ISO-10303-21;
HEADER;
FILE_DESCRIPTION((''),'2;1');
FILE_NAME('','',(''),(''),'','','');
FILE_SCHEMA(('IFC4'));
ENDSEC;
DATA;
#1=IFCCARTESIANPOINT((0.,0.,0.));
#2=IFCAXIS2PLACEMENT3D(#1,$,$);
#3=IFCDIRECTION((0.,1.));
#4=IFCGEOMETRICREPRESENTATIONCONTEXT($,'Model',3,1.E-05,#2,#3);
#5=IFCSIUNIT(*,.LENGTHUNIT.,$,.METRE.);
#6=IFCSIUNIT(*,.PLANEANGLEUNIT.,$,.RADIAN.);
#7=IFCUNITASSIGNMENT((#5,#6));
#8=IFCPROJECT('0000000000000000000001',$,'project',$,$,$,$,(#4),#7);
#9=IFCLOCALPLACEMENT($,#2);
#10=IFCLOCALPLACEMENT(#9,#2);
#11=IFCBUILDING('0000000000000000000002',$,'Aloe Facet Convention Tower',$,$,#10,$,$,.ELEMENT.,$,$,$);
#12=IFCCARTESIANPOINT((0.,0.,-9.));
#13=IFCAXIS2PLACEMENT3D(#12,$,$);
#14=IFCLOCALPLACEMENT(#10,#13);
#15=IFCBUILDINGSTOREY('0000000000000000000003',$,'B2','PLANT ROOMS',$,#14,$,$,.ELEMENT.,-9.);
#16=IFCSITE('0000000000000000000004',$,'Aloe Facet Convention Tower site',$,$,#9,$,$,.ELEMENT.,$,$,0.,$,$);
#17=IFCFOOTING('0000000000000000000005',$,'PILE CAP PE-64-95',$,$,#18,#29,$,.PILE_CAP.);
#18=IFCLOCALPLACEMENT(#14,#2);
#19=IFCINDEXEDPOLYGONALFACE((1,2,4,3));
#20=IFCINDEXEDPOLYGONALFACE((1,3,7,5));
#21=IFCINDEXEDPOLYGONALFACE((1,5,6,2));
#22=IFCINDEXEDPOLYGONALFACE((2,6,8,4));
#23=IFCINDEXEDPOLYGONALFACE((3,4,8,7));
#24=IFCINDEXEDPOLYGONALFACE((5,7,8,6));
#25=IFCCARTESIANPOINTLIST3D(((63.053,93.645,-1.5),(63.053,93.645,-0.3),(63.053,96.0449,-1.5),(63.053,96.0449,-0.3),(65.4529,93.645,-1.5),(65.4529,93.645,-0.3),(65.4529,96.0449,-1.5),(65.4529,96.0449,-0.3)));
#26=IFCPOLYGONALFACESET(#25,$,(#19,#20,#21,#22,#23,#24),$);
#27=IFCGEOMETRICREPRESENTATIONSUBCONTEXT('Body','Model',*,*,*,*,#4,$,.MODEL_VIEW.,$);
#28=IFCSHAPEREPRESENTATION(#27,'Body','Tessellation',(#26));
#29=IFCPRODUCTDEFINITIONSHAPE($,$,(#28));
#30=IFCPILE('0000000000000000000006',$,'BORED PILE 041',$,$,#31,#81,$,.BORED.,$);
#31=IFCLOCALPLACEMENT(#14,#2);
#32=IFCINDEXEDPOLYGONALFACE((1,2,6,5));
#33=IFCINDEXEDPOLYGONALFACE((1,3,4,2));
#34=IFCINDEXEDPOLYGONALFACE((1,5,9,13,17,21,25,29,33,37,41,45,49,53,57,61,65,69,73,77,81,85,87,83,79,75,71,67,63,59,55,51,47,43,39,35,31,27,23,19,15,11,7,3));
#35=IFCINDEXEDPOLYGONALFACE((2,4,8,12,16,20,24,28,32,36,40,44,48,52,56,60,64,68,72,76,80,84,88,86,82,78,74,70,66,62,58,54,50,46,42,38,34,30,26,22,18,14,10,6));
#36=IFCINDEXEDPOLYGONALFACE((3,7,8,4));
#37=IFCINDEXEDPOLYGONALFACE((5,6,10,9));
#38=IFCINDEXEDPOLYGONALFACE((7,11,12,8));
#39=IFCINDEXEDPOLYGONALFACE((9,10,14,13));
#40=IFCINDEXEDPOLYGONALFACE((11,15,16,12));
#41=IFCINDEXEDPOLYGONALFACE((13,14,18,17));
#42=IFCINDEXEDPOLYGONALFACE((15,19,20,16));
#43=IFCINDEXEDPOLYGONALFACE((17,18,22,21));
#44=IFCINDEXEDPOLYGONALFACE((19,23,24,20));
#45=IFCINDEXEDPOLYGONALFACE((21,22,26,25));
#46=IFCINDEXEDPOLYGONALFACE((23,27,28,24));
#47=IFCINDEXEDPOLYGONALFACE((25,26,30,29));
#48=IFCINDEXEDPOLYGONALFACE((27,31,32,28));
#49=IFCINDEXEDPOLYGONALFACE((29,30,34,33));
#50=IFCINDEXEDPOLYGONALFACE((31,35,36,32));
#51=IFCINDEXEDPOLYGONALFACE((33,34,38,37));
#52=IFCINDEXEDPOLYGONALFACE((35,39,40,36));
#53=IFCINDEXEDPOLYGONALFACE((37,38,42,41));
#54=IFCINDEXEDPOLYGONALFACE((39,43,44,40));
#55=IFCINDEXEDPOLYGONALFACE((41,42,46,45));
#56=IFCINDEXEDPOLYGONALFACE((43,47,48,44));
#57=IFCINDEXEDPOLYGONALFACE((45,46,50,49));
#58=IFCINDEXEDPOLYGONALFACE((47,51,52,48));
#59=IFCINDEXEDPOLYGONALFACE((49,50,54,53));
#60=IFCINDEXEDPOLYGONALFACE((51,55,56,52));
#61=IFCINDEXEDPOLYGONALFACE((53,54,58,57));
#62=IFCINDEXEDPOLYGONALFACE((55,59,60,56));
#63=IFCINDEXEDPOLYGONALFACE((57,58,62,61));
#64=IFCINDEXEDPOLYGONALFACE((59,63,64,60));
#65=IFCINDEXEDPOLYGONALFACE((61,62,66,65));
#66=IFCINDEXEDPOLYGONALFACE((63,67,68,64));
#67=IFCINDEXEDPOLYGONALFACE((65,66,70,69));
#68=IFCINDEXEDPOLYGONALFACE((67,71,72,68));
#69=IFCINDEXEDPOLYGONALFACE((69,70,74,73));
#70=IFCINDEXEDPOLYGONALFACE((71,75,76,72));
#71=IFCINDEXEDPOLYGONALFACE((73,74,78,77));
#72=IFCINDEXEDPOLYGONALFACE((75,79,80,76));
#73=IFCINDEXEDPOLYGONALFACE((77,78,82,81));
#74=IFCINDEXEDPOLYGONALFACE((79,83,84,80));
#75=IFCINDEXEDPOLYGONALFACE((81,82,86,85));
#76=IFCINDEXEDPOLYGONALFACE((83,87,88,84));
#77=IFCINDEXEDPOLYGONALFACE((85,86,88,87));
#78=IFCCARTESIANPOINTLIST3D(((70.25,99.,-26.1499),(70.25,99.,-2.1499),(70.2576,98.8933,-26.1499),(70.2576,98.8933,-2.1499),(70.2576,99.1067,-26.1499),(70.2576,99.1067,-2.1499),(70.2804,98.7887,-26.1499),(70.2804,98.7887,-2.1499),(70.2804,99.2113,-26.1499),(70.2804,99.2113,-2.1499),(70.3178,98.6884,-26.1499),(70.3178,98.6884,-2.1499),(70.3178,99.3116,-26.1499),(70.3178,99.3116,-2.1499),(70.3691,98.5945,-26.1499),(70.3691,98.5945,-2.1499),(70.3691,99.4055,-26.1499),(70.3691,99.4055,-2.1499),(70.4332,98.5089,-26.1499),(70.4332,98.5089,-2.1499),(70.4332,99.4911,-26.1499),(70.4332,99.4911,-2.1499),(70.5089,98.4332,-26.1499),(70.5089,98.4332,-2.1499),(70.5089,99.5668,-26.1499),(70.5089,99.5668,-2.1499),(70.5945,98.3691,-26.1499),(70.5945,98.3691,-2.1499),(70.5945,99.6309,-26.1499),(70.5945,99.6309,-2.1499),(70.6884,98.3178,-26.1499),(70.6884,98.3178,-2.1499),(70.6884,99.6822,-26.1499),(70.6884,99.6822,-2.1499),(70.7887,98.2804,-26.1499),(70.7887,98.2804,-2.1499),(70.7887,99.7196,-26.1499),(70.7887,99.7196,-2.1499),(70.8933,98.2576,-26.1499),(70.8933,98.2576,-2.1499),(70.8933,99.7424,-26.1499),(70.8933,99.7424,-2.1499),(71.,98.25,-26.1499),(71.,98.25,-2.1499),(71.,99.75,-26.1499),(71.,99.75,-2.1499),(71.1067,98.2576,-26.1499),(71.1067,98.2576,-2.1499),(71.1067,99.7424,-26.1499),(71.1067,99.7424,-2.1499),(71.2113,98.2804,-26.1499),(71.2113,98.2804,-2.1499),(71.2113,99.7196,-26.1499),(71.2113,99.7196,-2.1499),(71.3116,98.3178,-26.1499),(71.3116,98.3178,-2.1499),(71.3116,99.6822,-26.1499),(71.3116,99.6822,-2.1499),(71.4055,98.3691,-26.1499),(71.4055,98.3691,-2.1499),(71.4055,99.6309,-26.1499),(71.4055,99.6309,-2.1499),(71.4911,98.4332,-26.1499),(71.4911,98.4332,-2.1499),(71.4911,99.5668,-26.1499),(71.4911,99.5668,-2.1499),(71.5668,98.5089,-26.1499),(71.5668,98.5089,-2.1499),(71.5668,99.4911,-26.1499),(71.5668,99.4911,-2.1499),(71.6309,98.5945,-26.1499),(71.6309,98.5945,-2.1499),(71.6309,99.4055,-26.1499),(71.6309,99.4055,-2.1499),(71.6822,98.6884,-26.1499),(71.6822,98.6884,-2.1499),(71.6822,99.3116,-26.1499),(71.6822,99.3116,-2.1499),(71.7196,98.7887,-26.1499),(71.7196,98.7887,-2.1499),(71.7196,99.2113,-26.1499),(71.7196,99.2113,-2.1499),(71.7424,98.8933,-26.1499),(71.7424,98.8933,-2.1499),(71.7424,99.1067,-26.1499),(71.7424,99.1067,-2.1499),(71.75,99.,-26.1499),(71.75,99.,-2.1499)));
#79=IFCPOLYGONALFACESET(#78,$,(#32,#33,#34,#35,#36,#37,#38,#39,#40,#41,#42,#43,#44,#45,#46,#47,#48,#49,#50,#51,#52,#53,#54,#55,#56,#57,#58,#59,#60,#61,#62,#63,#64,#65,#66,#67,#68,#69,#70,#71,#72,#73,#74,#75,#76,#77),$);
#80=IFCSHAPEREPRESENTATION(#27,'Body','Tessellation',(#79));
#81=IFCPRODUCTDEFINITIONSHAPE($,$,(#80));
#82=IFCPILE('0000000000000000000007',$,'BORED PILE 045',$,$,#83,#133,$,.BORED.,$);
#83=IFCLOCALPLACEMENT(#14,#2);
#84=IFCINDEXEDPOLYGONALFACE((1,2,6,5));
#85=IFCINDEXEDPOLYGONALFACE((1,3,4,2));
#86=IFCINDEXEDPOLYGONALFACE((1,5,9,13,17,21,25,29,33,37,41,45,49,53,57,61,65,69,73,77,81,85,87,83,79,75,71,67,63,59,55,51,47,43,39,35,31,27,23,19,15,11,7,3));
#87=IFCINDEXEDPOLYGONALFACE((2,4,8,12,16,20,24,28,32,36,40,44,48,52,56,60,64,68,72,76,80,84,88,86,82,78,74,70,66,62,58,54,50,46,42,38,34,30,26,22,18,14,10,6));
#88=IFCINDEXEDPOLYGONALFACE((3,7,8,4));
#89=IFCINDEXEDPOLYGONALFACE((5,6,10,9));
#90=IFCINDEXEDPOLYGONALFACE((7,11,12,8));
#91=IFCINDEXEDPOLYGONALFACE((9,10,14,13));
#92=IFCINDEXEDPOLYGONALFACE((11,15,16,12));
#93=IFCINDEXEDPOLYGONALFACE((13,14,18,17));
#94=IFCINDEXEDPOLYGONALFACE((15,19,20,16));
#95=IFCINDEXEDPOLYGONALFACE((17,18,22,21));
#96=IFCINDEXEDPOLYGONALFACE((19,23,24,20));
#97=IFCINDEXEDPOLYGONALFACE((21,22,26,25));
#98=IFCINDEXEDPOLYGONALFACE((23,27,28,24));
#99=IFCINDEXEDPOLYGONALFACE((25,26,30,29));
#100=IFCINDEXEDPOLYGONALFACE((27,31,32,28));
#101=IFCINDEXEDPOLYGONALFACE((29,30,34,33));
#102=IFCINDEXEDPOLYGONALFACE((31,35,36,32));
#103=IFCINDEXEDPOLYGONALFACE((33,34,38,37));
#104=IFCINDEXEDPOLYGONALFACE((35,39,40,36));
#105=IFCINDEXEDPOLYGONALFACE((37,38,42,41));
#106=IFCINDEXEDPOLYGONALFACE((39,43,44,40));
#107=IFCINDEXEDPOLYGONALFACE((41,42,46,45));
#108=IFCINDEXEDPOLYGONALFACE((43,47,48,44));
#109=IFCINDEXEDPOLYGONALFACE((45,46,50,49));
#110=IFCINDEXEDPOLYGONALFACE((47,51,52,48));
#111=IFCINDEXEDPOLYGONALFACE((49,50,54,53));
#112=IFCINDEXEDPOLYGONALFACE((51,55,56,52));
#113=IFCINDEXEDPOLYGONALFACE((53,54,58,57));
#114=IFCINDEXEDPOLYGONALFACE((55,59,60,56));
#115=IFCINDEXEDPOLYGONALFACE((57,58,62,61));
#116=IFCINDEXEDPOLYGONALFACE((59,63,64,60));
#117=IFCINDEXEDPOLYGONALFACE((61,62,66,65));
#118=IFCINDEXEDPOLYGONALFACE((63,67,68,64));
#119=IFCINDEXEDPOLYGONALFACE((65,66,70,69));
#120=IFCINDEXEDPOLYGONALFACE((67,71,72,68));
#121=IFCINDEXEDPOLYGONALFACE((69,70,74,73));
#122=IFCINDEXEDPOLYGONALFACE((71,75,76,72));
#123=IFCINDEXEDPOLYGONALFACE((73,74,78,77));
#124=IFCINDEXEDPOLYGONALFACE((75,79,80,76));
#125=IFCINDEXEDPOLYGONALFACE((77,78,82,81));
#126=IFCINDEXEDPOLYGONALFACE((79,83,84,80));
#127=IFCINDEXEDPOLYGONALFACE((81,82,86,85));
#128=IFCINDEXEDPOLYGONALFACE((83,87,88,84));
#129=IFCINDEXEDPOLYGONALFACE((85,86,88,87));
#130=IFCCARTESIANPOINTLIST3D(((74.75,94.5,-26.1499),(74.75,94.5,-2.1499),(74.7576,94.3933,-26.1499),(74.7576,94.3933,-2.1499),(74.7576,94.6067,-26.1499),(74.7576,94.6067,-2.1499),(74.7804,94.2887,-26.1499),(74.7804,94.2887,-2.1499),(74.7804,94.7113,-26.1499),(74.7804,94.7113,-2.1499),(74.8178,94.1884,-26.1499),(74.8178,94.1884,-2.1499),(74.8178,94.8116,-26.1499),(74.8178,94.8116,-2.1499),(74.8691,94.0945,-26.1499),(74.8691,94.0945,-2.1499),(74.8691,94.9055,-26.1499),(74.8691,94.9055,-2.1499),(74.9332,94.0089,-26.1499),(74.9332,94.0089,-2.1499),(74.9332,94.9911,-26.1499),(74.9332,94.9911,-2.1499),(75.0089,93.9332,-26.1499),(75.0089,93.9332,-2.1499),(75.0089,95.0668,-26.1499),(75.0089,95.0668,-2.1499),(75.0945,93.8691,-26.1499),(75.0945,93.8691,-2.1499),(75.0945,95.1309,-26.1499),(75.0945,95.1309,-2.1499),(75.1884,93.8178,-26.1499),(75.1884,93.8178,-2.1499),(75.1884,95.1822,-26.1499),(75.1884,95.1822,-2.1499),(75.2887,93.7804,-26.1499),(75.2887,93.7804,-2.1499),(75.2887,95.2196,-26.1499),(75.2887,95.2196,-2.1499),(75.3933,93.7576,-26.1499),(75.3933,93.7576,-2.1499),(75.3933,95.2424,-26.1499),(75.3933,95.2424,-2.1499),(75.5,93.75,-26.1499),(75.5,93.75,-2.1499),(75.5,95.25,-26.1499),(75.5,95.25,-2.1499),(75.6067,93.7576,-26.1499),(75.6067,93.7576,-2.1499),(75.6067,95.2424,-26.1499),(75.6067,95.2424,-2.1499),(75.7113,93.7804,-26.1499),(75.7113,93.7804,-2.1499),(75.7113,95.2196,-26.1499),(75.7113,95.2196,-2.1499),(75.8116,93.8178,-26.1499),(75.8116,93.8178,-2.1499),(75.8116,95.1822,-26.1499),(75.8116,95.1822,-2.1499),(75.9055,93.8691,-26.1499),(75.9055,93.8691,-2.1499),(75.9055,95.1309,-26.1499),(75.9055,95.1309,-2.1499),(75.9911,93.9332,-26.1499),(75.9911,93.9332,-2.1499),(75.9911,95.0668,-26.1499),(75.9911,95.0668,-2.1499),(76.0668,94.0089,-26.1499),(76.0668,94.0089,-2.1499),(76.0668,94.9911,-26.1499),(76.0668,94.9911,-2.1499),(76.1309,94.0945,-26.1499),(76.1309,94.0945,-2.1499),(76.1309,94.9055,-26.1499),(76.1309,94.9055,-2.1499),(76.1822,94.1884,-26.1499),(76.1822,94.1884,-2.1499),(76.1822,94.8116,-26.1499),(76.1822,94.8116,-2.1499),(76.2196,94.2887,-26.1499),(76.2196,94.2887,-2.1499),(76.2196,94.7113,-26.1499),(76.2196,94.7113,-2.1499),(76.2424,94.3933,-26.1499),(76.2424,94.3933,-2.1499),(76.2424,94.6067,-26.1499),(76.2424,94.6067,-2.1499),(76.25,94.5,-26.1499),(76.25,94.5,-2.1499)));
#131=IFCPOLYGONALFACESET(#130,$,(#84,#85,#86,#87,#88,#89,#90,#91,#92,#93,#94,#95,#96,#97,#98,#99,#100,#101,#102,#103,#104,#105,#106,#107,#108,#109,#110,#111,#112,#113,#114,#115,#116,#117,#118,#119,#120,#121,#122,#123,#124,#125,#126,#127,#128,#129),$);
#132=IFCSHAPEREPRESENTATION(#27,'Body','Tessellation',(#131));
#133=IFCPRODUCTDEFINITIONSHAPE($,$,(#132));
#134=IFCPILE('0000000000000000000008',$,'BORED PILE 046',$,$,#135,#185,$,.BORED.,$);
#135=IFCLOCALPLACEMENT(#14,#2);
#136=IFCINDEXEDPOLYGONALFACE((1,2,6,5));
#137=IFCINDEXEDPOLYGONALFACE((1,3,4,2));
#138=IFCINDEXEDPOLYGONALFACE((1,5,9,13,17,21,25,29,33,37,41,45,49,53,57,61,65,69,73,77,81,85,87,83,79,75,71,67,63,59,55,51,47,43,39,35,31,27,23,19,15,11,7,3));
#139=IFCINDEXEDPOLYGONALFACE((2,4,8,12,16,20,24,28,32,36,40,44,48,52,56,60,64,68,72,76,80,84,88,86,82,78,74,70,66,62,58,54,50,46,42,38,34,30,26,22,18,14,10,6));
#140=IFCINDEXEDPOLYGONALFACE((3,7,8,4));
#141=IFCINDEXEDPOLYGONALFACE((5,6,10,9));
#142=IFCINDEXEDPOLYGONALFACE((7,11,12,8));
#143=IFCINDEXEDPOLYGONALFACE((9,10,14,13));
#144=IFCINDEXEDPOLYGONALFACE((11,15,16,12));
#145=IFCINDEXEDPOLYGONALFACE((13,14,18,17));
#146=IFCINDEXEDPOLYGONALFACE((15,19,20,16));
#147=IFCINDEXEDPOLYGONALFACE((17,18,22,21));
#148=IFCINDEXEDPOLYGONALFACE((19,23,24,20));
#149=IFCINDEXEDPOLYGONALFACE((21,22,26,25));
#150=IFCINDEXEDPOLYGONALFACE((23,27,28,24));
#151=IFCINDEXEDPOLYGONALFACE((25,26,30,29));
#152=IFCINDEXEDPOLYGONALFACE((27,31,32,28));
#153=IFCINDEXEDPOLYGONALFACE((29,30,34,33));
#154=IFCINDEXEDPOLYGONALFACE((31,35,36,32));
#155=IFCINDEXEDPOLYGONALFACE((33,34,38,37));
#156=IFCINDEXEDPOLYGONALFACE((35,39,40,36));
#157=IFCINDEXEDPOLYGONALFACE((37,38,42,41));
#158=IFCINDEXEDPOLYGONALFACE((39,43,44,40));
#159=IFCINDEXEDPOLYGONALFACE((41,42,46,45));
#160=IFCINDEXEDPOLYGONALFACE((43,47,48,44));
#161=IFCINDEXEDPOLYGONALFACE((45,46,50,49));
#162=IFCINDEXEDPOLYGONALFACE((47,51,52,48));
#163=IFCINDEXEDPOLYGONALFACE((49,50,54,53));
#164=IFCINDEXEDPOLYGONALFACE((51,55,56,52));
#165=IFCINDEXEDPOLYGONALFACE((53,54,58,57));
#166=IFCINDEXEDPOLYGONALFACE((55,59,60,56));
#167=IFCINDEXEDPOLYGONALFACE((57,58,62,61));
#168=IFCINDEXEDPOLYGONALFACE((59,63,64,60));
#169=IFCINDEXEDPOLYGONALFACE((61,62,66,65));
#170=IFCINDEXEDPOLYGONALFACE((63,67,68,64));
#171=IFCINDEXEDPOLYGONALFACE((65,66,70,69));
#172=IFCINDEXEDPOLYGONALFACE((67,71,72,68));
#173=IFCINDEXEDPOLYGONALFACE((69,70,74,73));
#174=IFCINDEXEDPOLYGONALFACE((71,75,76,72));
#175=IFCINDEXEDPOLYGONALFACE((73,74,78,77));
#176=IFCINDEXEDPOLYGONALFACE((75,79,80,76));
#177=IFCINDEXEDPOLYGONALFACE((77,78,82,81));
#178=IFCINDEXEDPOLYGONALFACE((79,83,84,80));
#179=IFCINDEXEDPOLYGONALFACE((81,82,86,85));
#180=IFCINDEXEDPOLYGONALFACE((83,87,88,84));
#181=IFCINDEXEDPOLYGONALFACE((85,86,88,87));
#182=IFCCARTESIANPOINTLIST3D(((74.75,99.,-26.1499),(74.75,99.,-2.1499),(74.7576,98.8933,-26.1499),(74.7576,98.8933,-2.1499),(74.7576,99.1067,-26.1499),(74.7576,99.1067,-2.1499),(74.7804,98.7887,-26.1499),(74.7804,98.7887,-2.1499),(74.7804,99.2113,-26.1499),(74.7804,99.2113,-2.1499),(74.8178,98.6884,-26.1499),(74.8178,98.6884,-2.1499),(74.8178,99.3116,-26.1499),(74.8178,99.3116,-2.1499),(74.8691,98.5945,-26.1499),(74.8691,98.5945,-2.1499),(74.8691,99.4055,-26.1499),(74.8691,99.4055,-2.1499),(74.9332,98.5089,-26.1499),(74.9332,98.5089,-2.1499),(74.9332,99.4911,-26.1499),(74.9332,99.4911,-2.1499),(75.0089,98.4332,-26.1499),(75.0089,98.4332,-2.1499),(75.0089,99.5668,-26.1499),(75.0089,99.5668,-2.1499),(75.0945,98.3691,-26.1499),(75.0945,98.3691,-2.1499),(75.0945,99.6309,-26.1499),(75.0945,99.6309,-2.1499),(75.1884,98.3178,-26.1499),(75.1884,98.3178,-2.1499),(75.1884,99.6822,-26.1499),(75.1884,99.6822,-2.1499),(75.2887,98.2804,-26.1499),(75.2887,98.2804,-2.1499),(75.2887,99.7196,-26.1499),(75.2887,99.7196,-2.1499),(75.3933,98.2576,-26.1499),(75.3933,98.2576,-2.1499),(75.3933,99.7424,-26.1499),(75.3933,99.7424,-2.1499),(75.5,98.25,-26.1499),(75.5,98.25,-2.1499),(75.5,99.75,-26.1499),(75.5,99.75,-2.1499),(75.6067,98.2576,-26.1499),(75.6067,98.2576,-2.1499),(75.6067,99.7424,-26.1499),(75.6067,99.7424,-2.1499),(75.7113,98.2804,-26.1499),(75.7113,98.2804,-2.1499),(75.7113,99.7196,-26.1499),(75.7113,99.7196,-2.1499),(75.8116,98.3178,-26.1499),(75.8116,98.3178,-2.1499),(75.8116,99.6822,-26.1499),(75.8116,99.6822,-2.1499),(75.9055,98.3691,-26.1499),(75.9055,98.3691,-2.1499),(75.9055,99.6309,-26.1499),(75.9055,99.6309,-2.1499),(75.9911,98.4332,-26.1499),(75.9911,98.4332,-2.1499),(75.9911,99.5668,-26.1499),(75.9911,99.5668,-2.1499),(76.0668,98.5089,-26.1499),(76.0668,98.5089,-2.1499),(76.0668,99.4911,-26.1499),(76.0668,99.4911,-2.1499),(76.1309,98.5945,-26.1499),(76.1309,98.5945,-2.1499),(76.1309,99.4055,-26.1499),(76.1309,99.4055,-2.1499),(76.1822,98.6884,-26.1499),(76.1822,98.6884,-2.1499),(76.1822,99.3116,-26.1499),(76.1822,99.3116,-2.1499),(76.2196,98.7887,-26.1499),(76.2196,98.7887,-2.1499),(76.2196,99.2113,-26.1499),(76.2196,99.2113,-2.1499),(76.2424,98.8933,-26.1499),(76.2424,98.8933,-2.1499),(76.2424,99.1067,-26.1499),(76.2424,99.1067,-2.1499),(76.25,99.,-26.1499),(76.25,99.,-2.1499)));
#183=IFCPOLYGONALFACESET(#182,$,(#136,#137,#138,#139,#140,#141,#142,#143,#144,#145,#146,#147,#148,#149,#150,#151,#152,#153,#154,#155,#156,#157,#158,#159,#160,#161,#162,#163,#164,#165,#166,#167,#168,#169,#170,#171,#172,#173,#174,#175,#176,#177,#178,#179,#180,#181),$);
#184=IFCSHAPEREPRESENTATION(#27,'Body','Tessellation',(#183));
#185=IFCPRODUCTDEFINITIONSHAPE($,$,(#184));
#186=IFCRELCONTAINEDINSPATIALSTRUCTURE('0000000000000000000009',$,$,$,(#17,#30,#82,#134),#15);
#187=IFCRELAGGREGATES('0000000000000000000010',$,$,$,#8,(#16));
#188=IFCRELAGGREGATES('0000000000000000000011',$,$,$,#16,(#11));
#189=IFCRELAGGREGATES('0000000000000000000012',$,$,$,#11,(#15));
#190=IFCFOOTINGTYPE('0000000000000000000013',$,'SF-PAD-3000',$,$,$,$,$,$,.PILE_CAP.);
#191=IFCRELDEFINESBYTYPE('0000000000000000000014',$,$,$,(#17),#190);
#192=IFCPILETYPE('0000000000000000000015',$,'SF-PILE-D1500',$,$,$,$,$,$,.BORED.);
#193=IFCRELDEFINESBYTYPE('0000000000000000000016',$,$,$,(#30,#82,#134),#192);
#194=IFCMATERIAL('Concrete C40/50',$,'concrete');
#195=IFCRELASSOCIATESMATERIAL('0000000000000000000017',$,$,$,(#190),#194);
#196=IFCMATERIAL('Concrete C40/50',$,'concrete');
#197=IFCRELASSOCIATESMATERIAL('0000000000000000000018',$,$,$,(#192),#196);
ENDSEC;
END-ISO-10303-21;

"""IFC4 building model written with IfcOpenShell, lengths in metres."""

from ifc_helpers import new_model, si_unit, direction, frame, origin, origin_2d, place, context, subcontext, project, spatial, rectangle, circle, extrude, material, material_profile, profile_set, type_object, element, save


model = new_model("IFC4")

# Units and contexts
model_context = context("Model", 3, precision=1e-05, world=origin(), true_north=direction((0.0, 1.0)))
body_context = subcontext(model_context, "Body", "Model", "MODEL_VIEW")
ifc_project = project(units=[si_unit("LENGTHUNIT", "METRE"), si_unit("PLANEANGLEUNIT", "RADIAN")], contexts=[model_context])

# Site, building, storey
site_placement = place(None, origin())
site = spatial("IfcSite", under=ifc_project, at=site_placement, Name="Aloe Facet Convention Tower site", CompositionType="ELEMENT", RefElevation=0.0)
building_placement = place(site_placement, origin())
building = spatial("IfcBuilding", under=site, at=building_placement, Name="Aloe Facet Convention Tower", CompositionType="ELEMENT")
storey_placement = place(building_placement, frame((0.0, 0.0, -9.0)))
storey = spatial("IfcBuildingStorey", under=building, at=storey_placement, Name="B2", Description="PLANT ROOMS", CompositionType="ELEMENT", Elevation=-9.0)

# Footing
ifc_material_1 = material(Name="Concrete C40/50", Category="concrete")
footing_type = type_object("IfcFootingType", Name="SF-PAD-3000", PredefinedType="PILE_CAP", material=ifc_material_1)
footing_placement = place(storey_placement, frame((64.2529, 94.845, -1.5), z_axis=(0.0, 0.0, 1.0), x_axis=(1.0, 0.0, 0.0)))
element("IfcFooting", 1, at=footing_placement, inside=storey, type_object=footing_type, Name="PILE CAP PE-64-95", PredefinedType="PILE_CAP", context=body_context, shape_type="SweptSolid", body=[
    extrude(rectangle(XDim=2.3999, YDim=2.3999, at=origin_2d()), origin(), (0.0, 0.0, 1.0), 1.2),
])

# Piles
ifc_material_2 = material(Name="Concrete C40/50", Category="concrete")
ifc_material_profile_1 = material_profile(ifc_material_2, circle(Radius=0.75, at=origin_2d()), Name="D1500")
ifc_profile_set_1 = profile_set([ifc_material_profile_1], Name="Concrete C40/50")
pile_type = type_object("IfcPileType", Name="SF-PILE-D1500", PredefinedType="BORED", material=ifc_profile_set_1)
for number, where, z_axis, x_axis, name in (
    (2, (71.0, 99.0, -2.1499), (0.0, 0.0, -1.0), (1.0, 0.0, 0.0), "BORED PILE 041"),
    (3, (75.5, 94.5, -2.1499), (0.0, 0.0, -1.0), (1.0, 0.0, 0.0), "BORED PILE 045"),
    (4, (75.5, 99.0, -2.1499), (0.0, 0.0, -1.0), (1.0, 0.0, 0.0), "BORED PILE 046"),
):
    element("IfcPile", number, at=place(storey_placement, frame(where, z_axis=z_axis, x_axis=x_axis)), inside=storey, type_object=pile_type, Name=name, PredefinedType="BORED", context=body_context, shape_type="SweptSolid", body=[
        extrude(circle(Radius=0.75, at=origin_2d()), origin(), (0.0, 0.0, 1.0), 24.0),
    ])

save(model, "model.ifc")
